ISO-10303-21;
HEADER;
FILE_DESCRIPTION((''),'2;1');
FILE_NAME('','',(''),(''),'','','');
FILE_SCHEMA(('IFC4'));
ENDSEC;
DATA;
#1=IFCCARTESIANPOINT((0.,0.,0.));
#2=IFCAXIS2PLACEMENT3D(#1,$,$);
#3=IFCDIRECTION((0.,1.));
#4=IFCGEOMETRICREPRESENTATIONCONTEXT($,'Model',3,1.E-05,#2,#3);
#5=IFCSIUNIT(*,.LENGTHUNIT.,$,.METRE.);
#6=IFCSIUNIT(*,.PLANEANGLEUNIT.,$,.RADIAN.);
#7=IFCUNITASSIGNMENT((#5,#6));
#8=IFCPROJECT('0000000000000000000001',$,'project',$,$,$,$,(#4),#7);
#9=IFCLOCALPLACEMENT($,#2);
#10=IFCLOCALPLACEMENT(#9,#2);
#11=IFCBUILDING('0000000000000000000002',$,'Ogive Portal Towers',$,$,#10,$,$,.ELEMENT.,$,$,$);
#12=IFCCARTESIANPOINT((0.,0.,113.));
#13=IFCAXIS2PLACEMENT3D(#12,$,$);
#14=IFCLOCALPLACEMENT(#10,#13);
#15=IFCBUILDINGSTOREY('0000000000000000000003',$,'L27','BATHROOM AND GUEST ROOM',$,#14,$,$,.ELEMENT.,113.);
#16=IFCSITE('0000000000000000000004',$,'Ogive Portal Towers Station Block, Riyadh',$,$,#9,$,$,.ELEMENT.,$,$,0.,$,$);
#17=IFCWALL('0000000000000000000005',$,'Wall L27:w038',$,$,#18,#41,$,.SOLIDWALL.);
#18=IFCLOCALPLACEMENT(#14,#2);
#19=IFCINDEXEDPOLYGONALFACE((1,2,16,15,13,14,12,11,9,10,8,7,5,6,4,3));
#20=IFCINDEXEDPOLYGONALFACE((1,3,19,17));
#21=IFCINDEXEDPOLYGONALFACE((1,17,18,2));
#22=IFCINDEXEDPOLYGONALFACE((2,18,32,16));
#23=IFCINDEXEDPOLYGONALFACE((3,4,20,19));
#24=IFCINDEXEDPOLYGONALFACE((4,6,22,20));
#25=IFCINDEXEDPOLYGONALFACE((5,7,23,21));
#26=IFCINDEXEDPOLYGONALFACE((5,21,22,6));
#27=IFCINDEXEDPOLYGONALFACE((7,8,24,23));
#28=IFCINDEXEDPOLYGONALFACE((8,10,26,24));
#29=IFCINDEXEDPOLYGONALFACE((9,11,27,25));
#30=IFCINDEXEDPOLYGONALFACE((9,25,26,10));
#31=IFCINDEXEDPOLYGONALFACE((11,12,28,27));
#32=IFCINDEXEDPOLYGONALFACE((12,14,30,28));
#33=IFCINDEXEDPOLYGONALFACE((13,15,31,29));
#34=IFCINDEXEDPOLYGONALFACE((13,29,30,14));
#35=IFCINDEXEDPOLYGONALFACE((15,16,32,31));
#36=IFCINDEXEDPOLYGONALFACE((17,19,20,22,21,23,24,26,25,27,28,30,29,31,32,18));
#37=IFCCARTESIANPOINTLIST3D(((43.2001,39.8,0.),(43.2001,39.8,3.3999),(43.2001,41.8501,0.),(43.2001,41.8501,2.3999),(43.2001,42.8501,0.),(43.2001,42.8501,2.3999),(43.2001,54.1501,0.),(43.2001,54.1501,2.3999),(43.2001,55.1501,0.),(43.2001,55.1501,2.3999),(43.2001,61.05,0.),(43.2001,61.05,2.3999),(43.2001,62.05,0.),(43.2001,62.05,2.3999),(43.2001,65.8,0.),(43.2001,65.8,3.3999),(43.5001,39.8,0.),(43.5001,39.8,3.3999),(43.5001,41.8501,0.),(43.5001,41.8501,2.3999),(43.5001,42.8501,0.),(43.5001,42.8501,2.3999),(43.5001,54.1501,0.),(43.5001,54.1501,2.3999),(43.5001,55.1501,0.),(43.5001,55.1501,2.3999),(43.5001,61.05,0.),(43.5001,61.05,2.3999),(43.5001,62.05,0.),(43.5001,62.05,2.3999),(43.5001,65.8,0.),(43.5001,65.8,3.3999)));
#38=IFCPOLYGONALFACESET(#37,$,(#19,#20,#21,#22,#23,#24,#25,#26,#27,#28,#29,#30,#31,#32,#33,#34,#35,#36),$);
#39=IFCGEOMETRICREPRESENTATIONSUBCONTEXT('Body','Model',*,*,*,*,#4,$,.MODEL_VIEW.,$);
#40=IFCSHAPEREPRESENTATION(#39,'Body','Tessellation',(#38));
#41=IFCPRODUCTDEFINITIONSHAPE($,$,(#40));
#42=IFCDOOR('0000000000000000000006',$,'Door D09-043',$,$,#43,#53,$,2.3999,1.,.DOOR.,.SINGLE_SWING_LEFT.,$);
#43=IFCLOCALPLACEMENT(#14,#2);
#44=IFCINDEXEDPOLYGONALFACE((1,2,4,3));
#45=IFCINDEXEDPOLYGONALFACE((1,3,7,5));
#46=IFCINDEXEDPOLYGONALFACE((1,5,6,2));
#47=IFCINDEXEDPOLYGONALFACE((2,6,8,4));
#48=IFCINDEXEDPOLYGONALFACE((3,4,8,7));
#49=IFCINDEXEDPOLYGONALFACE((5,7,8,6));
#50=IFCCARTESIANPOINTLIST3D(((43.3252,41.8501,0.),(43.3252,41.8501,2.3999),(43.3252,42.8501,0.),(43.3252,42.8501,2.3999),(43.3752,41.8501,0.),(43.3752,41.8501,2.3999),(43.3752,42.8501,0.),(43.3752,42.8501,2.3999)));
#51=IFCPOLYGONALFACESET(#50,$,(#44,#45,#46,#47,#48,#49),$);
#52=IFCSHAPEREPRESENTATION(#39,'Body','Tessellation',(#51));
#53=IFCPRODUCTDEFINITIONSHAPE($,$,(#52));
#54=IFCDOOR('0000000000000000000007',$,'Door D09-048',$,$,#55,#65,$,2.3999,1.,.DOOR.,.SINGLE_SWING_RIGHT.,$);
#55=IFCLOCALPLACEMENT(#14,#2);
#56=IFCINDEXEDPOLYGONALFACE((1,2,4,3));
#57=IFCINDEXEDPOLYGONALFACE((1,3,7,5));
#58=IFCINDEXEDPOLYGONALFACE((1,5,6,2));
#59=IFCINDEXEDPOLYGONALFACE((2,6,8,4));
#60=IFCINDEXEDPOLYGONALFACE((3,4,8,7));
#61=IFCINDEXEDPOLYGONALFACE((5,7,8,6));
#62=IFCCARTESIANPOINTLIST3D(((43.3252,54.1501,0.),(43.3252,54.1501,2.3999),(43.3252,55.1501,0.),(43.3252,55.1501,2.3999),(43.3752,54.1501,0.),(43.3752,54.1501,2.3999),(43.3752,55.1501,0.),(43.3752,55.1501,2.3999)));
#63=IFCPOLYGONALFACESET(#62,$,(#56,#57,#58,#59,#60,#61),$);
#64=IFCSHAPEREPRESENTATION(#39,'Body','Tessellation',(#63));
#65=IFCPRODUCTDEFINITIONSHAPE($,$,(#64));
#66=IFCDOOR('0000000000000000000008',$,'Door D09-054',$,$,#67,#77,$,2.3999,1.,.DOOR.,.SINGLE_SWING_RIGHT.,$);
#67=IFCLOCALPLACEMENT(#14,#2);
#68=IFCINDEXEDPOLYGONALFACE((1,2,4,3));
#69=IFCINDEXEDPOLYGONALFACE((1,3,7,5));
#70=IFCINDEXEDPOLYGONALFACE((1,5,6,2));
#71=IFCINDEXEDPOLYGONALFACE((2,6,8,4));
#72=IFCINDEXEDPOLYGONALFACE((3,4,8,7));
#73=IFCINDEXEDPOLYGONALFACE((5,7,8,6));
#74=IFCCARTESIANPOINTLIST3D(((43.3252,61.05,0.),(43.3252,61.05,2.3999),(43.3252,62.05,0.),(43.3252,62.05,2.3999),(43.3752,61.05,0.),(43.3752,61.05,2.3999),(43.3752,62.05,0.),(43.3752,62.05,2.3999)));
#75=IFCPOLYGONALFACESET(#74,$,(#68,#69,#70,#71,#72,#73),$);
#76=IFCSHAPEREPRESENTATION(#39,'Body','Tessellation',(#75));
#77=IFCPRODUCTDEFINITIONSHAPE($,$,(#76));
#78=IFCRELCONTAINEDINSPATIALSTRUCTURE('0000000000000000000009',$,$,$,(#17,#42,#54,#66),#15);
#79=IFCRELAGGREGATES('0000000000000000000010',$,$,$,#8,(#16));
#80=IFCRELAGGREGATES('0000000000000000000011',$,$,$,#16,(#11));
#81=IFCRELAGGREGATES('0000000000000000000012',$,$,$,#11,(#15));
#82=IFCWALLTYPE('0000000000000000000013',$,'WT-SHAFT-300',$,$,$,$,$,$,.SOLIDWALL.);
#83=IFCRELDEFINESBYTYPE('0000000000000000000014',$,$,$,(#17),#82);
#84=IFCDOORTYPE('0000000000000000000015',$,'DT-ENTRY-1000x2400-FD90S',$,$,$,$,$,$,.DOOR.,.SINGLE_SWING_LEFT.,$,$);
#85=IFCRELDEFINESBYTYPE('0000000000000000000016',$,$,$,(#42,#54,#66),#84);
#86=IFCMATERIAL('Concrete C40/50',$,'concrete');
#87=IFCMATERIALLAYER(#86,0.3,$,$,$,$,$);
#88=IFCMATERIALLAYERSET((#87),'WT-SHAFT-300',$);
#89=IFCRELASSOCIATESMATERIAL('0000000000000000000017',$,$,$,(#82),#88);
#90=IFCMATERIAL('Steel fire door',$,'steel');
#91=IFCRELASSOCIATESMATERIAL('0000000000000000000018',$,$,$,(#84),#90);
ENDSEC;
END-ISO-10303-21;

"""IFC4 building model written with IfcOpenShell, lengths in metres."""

from ifc_helpers import new_model, si_unit, direction, frame, frame_2d, origin, place, context, subcontext, project, spatial, rectangle, extrude, material, layer, layer_set, type_object, element, fill, save


model = new_model("IFC4")

# Units and contexts
model_context = context("Model", 3, precision=1e-05, world=origin(), true_north=direction((0.0, 1.0)))
body_context = subcontext(model_context, "Body", "Model", "MODEL_VIEW")
ifc_project = project(units=[si_unit("LENGTHUNIT", "METRE"), si_unit("PLANEANGLEUNIT", "RADIAN")], contexts=[model_context])

# Site, building, storey
site_placement = place(None, origin())
site = spatial("IfcSite", under=ifc_project, at=site_placement, Name="Ogive Portal Towers Station Block, Riyadh", CompositionType="ELEMENT", RefElevation=0.0)
building_placement = place(site_placement, origin())
building = spatial("IfcBuilding", under=site, at=building_placement, Name="Ogive Portal Towers", CompositionType="ELEMENT")
storey_placement = place(building_placement, frame((0.0, 0.0, 113.0)))
storey = spatial("IfcBuildingStorey", under=building, at=storey_placement, Name="L27", Description="BATHROOM AND GUEST ROOM", CompositionType="ELEMENT", Elevation=113.0)

# Shared definitions
ifc_material_1 = material(Name="Steel fire door", Category="steel")

# Wall, openings, doors
ifc_material_2 = material(Name="Concrete C40/50", Category="concrete")
ifc_layer_1 = layer(ifc_material_2, 0.3)
ifc_layer_set_1 = layer_set([ifc_layer_1], Name="WT-SHAFT-300")
wall_type_1 = type_object("IfcWallType", Name="WT-SHAFT-300", PredefinedType="SOLIDWALL", material=ifc_layer_set_1)
wall_1_placement = place(storey_placement, frame((43.3501, 39.8, 0.0), z_axis=(0.0, 0.0, 1.0), x_axis=(0.0, 1.0, 0.0)))
wall_1 = element("IfcWall", 1, at=wall_1_placement, inside=storey, type_object=wall_type_1, Name="Wall L27:w038", PredefinedType="SOLIDWALL", context=body_context, shape_type="SweptSolid", body=[
    extrude(rectangle(XDim=26.0, YDim=0.3, at=frame_2d((13.0, 0.0))), origin(), (0.0, 0.0, 1.0), 3.3999),
])
opening_1_placement = place(wall_1_placement, frame((2.05, 0.0, 0.0)))
opening_1 = element("IfcOpeningElement", 2, at=opening_1_placement, cuts=wall_1, PredefinedType="OPENING", context=body_context, shape_type="SweptSolid", body=[
    extrude(rectangle(XDim=1.0, YDim=2.3999, at=frame_2d((0.5, 1.2))), frame((0.0, 0.1602, 0.0), z_axis=(0.0, -1.0, 0.0), x_axis=(1.0, 0.0, 0.0)), (0.0, 0.0, 1.0), 0.3201),
])
opening_2_placement = place(wall_1_placement, frame((14.3501, 0.0, 0.0)))
opening_2 = element("IfcOpeningElement", 3, at=opening_2_placement, cuts=wall_1, PredefinedType="OPENING", context=body_context, shape_type="SweptSolid", body=[
    extrude(rectangle(XDim=1.0, YDim=2.3999, at=frame_2d((0.5, 1.2))), frame((0.0, 0.1602, 0.0), z_axis=(0.0, -1.0, 0.0), x_axis=(1.0, 0.0, 0.0)), (0.0, 0.0, 1.0), 0.3201),
])
opening_3_placement = place(wall_1_placement, frame((21.25, 0.0, 0.0)))
opening_3 = element("IfcOpeningElement", 4, at=opening_3_placement, cuts=wall_1, PredefinedType="OPENING", context=body_context, shape_type="SweptSolid", body=[
    extrude(rectangle(XDim=1.0, YDim=2.3999, at=frame_2d((0.5, 1.2))), frame((0.0, 0.1602, 0.0), z_axis=(0.0, -1.0, 0.0), x_axis=(1.0, 0.0, 0.0)), (0.0, 0.0, 1.0), 0.3201),
])
door_type_1 = type_object("IfcDoorType", Name="DT-ENTRY-1000x2400-FD90S", OperationType="SINGLE_SWING_LEFT", PredefinedType="DOOR", material=ifc_material_1)
door_1_placement = place(opening_1_placement, origin())
door_1 = element("IfcDoor", 5, at=door_1_placement, inside=storey, type_object=door_type_1, Name="Door D09-043", OperationType="SINGLE_SWING_LEFT", OverallHeight=2.3999, OverallWidth=1.0, PredefinedType="DOOR", context=body_context, shape_type="SweptSolid", body=[
    extrude(rectangle(XDim=1.0, YDim=2.3999, at=frame_2d((0.5, 1.2))), frame((0.0, 0.0249, 0.0), z_axis=(0.0, -1.0, 0.0), x_axis=(1.0, 0.0, 0.0)), (0.0, 0.0, 1.0), 0.05),
])
fill(opening_1, door_1)
door_2_placement = place(opening_2_placement, origin())
door_2 = element("IfcDoor", 6, at=door_2_placement, inside=storey, type_object=door_type_1, Name="Door D09-048", OperationType="SINGLE_SWING_RIGHT", OverallHeight=2.3999, OverallWidth=1.0, PredefinedType="DOOR", context=body_context, shape_type="SweptSolid", body=[
    extrude(rectangle(XDim=1.0, YDim=2.3999, at=frame_2d((0.5, 1.2))), frame((0.0, 0.0249, 0.0), z_axis=(0.0, -1.0, 0.0), x_axis=(1.0, 0.0, 0.0)), (0.0, 0.0, 1.0), 0.05),
])
fill(opening_2, door_2)
door_3_placement = place(opening_3_placement, origin())
door_3 = element("IfcDoor", 7, at=door_3_placement, inside=storey, type_object=door_type_1, Name="Door D09-054", OperationType="SINGLE_SWING_RIGHT", OverallHeight=2.3999, OverallWidth=1.0, PredefinedType="DOOR", context=body_context, shape_type="SweptSolid", body=[
    extrude(rectangle(XDim=1.0, YDim=2.3999, at=frame_2d((0.5, 1.2))), frame((0.0, 0.0249, 0.0), z_axis=(0.0, -1.0, 0.0), x_axis=(1.0, 0.0, 0.0)), (0.0, 0.0, 1.0), 0.05),
])
fill(opening_3, door_3)

save(model, "model.ifc")
